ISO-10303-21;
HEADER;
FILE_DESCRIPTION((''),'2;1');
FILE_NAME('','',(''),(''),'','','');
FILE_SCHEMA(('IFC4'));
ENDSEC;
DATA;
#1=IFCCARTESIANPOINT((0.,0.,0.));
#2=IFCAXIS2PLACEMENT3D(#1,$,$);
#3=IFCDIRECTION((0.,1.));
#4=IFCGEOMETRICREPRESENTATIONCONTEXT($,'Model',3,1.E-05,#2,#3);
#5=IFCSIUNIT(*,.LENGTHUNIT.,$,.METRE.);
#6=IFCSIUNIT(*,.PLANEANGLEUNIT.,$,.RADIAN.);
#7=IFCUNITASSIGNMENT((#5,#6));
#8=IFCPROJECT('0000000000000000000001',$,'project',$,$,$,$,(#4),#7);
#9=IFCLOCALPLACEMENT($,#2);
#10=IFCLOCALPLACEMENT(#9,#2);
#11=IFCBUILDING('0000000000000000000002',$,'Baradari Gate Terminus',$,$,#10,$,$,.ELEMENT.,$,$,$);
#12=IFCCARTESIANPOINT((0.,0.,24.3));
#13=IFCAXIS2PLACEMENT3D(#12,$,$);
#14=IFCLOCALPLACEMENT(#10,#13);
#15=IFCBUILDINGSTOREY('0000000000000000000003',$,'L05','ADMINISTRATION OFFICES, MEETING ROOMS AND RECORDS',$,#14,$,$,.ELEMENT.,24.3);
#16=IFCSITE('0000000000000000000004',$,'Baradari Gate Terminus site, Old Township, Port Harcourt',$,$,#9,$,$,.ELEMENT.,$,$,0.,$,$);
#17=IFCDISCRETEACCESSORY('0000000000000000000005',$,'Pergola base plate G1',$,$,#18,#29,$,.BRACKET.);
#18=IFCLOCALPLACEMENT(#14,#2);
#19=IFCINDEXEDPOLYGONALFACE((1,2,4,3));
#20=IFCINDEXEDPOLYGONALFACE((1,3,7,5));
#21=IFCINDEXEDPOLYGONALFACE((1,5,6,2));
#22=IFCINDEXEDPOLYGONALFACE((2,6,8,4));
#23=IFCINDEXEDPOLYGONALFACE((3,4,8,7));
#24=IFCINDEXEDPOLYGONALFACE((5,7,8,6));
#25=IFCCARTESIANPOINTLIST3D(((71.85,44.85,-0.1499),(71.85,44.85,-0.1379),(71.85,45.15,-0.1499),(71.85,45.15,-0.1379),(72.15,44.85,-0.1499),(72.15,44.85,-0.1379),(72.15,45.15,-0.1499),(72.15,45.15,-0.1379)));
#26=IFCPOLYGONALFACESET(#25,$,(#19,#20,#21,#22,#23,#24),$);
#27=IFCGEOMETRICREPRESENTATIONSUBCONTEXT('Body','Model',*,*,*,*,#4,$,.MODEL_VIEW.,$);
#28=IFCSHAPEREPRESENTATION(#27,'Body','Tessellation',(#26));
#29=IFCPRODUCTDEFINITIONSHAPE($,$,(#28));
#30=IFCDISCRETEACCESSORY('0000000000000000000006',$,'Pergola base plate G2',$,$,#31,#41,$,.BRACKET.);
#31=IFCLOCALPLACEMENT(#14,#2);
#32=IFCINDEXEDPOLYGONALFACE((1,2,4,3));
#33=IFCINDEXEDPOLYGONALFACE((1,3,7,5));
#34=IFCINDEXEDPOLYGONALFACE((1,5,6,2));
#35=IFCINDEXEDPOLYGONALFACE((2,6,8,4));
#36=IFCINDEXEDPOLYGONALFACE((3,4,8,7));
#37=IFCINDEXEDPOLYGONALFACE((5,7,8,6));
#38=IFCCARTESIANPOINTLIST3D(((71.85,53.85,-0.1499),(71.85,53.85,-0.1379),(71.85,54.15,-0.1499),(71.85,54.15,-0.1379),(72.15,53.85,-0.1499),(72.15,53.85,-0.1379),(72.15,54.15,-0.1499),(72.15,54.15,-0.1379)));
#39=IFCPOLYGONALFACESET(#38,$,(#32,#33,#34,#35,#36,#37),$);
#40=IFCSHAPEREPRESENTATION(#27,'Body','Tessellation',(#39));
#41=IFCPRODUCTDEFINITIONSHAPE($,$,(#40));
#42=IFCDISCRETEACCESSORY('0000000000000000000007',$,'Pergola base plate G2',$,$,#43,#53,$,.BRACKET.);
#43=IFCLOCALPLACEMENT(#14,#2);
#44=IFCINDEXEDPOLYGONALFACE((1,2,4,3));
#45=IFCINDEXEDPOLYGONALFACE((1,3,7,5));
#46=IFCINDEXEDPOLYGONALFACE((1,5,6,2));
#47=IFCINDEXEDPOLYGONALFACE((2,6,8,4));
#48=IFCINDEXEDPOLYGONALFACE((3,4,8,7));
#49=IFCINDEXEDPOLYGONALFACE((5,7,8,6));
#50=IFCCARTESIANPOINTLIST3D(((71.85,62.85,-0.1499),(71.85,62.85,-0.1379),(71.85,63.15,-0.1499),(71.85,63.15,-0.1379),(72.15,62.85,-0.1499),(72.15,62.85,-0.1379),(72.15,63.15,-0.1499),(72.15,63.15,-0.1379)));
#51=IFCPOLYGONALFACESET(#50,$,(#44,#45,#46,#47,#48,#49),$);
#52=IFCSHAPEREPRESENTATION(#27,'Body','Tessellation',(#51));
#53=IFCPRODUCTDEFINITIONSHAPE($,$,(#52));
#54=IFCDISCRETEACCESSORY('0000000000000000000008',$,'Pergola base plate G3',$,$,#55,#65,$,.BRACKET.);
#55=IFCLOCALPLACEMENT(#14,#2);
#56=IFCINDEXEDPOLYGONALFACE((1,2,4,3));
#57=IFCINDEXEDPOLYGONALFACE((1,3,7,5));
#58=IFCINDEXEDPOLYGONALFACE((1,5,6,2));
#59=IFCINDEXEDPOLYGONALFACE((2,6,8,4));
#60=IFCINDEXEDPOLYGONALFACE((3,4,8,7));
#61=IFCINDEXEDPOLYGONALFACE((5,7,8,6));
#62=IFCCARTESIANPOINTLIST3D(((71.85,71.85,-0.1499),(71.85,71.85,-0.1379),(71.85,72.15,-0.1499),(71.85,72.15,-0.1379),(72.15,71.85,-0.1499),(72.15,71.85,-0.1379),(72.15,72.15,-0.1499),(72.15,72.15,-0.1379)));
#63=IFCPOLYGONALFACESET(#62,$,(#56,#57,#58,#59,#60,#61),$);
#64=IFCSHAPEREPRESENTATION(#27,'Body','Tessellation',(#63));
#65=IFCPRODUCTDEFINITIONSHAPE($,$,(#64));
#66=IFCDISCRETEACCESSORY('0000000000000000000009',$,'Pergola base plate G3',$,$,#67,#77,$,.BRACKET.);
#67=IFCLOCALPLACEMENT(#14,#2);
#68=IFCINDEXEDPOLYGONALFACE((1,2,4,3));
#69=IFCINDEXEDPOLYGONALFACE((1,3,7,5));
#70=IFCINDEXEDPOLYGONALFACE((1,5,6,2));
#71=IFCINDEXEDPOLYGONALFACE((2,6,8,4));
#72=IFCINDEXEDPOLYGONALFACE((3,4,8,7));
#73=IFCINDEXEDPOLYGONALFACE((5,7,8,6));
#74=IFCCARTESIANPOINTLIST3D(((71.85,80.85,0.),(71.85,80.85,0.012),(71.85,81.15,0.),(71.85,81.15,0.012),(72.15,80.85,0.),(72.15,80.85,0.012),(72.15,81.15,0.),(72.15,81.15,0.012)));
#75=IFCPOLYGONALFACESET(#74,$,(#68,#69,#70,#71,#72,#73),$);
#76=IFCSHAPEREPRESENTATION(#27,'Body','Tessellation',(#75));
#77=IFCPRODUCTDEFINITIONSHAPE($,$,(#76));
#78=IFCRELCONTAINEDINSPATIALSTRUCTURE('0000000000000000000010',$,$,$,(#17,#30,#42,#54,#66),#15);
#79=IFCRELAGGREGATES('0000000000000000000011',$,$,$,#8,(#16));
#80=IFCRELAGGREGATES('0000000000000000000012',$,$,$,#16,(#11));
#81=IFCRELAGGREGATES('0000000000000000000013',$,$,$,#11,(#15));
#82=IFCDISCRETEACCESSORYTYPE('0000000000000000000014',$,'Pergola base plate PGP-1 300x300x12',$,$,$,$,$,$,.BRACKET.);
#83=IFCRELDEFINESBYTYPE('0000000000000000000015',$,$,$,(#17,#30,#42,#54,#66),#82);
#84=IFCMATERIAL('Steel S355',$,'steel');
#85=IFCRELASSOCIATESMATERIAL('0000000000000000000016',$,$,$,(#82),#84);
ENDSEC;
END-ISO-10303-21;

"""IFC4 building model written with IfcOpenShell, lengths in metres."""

from ifc_helpers import new_model, si_unit, direction, frame, origin, origin_2d, place, context, subcontext, project, spatial, rectangle, extrude, material, type_object, element, save


model = new_model("IFC4")

# Units and contexts
model_context = context("Model", 3, precision=1e-05, world=origin(), true_north=direction((0.0, 1.0)))
body_context = subcontext(model_context, "Body", "Model", "MODEL_VIEW")
ifc_project = project(units=[si_unit("LENGTHUNIT", "METRE"), si_unit("PLANEANGLEUNIT", "RADIAN")], contexts=[model_context])

# Site, building, storey
site_placement = place(None, origin())
site = spatial("IfcSite", under=ifc_project, at=site_placement, Name="Baradari Gate Terminus site, Old Township, Port Harcourt", CompositionType="ELEMENT", RefElevation=0.0)
building_placement = place(site_placement, origin())
building = spatial("IfcBuilding", under=site, at=building_placement, Name="Baradari Gate Terminus", CompositionType="ELEMENT")
storey_placement = place(building_placement, frame((0.0, 0.0, 24.3)))
storey = spatial("IfcBuildingStorey", under=building, at=storey_placement, Name="L05", Description="ADMINISTRATION OFFICES, MEETING ROOMS AND RECORDS", CompositionType="ELEMENT", Elevation=24.3)

# Discrete accessories
ifc_material_1 = material(Name="Steel S355", Category="steel")
discrete_accessory_type_1 = type_object("IfcDiscreteAccessoryType", Name="Pergola base plate PGP-1 300x300x12", PredefinedType="BRACKET", material=ifc_material_1)
for number, where, z_axis, x_axis, name in (
    (1, (72.0, 45.0, -0.1499), (0.0, 0.0, 1.0), (1.0, 0.0, 0.0), "Pergola base plate G1"),
    (2, (72.0, 54.0, -0.1499), (0.0, 0.0, 1.0), (1.0, 0.0, 0.0), "Pergola base plate G2"),
    (3, (72.0, 63.0, -0.1499), (0.0, 0.0, 1.0), (1.0, 0.0, 0.0), "Pergola base plate G2"),
    (4, (72.0, 72.0, -0.1499), (0.0, 0.0, 1.0), (1.0, 0.0, 0.0), "Pergola base plate G3"),
    (5, (72.0, 81.0, 0.0), (0.0, 0.0, 1.0), (1.0, 0.0, 0.0), "Pergola base plate G3"),
):
    element("IfcDiscreteAccessory", number, at=place(storey_placement, frame(where, z_axis=z_axis, x_axis=x_axis)), inside=storey, type_object=discrete_accessory_type_1, Name=name, PredefinedType="BRACKET", context=body_context, shape_type="SweptSolid", body=[
        extrude(rectangle(XDim=0.3, YDim=0.3, at=origin_2d()), origin(), (0.0, 0.0, 1.0), 0.012),
    ])

save(model, "model.ifc")
